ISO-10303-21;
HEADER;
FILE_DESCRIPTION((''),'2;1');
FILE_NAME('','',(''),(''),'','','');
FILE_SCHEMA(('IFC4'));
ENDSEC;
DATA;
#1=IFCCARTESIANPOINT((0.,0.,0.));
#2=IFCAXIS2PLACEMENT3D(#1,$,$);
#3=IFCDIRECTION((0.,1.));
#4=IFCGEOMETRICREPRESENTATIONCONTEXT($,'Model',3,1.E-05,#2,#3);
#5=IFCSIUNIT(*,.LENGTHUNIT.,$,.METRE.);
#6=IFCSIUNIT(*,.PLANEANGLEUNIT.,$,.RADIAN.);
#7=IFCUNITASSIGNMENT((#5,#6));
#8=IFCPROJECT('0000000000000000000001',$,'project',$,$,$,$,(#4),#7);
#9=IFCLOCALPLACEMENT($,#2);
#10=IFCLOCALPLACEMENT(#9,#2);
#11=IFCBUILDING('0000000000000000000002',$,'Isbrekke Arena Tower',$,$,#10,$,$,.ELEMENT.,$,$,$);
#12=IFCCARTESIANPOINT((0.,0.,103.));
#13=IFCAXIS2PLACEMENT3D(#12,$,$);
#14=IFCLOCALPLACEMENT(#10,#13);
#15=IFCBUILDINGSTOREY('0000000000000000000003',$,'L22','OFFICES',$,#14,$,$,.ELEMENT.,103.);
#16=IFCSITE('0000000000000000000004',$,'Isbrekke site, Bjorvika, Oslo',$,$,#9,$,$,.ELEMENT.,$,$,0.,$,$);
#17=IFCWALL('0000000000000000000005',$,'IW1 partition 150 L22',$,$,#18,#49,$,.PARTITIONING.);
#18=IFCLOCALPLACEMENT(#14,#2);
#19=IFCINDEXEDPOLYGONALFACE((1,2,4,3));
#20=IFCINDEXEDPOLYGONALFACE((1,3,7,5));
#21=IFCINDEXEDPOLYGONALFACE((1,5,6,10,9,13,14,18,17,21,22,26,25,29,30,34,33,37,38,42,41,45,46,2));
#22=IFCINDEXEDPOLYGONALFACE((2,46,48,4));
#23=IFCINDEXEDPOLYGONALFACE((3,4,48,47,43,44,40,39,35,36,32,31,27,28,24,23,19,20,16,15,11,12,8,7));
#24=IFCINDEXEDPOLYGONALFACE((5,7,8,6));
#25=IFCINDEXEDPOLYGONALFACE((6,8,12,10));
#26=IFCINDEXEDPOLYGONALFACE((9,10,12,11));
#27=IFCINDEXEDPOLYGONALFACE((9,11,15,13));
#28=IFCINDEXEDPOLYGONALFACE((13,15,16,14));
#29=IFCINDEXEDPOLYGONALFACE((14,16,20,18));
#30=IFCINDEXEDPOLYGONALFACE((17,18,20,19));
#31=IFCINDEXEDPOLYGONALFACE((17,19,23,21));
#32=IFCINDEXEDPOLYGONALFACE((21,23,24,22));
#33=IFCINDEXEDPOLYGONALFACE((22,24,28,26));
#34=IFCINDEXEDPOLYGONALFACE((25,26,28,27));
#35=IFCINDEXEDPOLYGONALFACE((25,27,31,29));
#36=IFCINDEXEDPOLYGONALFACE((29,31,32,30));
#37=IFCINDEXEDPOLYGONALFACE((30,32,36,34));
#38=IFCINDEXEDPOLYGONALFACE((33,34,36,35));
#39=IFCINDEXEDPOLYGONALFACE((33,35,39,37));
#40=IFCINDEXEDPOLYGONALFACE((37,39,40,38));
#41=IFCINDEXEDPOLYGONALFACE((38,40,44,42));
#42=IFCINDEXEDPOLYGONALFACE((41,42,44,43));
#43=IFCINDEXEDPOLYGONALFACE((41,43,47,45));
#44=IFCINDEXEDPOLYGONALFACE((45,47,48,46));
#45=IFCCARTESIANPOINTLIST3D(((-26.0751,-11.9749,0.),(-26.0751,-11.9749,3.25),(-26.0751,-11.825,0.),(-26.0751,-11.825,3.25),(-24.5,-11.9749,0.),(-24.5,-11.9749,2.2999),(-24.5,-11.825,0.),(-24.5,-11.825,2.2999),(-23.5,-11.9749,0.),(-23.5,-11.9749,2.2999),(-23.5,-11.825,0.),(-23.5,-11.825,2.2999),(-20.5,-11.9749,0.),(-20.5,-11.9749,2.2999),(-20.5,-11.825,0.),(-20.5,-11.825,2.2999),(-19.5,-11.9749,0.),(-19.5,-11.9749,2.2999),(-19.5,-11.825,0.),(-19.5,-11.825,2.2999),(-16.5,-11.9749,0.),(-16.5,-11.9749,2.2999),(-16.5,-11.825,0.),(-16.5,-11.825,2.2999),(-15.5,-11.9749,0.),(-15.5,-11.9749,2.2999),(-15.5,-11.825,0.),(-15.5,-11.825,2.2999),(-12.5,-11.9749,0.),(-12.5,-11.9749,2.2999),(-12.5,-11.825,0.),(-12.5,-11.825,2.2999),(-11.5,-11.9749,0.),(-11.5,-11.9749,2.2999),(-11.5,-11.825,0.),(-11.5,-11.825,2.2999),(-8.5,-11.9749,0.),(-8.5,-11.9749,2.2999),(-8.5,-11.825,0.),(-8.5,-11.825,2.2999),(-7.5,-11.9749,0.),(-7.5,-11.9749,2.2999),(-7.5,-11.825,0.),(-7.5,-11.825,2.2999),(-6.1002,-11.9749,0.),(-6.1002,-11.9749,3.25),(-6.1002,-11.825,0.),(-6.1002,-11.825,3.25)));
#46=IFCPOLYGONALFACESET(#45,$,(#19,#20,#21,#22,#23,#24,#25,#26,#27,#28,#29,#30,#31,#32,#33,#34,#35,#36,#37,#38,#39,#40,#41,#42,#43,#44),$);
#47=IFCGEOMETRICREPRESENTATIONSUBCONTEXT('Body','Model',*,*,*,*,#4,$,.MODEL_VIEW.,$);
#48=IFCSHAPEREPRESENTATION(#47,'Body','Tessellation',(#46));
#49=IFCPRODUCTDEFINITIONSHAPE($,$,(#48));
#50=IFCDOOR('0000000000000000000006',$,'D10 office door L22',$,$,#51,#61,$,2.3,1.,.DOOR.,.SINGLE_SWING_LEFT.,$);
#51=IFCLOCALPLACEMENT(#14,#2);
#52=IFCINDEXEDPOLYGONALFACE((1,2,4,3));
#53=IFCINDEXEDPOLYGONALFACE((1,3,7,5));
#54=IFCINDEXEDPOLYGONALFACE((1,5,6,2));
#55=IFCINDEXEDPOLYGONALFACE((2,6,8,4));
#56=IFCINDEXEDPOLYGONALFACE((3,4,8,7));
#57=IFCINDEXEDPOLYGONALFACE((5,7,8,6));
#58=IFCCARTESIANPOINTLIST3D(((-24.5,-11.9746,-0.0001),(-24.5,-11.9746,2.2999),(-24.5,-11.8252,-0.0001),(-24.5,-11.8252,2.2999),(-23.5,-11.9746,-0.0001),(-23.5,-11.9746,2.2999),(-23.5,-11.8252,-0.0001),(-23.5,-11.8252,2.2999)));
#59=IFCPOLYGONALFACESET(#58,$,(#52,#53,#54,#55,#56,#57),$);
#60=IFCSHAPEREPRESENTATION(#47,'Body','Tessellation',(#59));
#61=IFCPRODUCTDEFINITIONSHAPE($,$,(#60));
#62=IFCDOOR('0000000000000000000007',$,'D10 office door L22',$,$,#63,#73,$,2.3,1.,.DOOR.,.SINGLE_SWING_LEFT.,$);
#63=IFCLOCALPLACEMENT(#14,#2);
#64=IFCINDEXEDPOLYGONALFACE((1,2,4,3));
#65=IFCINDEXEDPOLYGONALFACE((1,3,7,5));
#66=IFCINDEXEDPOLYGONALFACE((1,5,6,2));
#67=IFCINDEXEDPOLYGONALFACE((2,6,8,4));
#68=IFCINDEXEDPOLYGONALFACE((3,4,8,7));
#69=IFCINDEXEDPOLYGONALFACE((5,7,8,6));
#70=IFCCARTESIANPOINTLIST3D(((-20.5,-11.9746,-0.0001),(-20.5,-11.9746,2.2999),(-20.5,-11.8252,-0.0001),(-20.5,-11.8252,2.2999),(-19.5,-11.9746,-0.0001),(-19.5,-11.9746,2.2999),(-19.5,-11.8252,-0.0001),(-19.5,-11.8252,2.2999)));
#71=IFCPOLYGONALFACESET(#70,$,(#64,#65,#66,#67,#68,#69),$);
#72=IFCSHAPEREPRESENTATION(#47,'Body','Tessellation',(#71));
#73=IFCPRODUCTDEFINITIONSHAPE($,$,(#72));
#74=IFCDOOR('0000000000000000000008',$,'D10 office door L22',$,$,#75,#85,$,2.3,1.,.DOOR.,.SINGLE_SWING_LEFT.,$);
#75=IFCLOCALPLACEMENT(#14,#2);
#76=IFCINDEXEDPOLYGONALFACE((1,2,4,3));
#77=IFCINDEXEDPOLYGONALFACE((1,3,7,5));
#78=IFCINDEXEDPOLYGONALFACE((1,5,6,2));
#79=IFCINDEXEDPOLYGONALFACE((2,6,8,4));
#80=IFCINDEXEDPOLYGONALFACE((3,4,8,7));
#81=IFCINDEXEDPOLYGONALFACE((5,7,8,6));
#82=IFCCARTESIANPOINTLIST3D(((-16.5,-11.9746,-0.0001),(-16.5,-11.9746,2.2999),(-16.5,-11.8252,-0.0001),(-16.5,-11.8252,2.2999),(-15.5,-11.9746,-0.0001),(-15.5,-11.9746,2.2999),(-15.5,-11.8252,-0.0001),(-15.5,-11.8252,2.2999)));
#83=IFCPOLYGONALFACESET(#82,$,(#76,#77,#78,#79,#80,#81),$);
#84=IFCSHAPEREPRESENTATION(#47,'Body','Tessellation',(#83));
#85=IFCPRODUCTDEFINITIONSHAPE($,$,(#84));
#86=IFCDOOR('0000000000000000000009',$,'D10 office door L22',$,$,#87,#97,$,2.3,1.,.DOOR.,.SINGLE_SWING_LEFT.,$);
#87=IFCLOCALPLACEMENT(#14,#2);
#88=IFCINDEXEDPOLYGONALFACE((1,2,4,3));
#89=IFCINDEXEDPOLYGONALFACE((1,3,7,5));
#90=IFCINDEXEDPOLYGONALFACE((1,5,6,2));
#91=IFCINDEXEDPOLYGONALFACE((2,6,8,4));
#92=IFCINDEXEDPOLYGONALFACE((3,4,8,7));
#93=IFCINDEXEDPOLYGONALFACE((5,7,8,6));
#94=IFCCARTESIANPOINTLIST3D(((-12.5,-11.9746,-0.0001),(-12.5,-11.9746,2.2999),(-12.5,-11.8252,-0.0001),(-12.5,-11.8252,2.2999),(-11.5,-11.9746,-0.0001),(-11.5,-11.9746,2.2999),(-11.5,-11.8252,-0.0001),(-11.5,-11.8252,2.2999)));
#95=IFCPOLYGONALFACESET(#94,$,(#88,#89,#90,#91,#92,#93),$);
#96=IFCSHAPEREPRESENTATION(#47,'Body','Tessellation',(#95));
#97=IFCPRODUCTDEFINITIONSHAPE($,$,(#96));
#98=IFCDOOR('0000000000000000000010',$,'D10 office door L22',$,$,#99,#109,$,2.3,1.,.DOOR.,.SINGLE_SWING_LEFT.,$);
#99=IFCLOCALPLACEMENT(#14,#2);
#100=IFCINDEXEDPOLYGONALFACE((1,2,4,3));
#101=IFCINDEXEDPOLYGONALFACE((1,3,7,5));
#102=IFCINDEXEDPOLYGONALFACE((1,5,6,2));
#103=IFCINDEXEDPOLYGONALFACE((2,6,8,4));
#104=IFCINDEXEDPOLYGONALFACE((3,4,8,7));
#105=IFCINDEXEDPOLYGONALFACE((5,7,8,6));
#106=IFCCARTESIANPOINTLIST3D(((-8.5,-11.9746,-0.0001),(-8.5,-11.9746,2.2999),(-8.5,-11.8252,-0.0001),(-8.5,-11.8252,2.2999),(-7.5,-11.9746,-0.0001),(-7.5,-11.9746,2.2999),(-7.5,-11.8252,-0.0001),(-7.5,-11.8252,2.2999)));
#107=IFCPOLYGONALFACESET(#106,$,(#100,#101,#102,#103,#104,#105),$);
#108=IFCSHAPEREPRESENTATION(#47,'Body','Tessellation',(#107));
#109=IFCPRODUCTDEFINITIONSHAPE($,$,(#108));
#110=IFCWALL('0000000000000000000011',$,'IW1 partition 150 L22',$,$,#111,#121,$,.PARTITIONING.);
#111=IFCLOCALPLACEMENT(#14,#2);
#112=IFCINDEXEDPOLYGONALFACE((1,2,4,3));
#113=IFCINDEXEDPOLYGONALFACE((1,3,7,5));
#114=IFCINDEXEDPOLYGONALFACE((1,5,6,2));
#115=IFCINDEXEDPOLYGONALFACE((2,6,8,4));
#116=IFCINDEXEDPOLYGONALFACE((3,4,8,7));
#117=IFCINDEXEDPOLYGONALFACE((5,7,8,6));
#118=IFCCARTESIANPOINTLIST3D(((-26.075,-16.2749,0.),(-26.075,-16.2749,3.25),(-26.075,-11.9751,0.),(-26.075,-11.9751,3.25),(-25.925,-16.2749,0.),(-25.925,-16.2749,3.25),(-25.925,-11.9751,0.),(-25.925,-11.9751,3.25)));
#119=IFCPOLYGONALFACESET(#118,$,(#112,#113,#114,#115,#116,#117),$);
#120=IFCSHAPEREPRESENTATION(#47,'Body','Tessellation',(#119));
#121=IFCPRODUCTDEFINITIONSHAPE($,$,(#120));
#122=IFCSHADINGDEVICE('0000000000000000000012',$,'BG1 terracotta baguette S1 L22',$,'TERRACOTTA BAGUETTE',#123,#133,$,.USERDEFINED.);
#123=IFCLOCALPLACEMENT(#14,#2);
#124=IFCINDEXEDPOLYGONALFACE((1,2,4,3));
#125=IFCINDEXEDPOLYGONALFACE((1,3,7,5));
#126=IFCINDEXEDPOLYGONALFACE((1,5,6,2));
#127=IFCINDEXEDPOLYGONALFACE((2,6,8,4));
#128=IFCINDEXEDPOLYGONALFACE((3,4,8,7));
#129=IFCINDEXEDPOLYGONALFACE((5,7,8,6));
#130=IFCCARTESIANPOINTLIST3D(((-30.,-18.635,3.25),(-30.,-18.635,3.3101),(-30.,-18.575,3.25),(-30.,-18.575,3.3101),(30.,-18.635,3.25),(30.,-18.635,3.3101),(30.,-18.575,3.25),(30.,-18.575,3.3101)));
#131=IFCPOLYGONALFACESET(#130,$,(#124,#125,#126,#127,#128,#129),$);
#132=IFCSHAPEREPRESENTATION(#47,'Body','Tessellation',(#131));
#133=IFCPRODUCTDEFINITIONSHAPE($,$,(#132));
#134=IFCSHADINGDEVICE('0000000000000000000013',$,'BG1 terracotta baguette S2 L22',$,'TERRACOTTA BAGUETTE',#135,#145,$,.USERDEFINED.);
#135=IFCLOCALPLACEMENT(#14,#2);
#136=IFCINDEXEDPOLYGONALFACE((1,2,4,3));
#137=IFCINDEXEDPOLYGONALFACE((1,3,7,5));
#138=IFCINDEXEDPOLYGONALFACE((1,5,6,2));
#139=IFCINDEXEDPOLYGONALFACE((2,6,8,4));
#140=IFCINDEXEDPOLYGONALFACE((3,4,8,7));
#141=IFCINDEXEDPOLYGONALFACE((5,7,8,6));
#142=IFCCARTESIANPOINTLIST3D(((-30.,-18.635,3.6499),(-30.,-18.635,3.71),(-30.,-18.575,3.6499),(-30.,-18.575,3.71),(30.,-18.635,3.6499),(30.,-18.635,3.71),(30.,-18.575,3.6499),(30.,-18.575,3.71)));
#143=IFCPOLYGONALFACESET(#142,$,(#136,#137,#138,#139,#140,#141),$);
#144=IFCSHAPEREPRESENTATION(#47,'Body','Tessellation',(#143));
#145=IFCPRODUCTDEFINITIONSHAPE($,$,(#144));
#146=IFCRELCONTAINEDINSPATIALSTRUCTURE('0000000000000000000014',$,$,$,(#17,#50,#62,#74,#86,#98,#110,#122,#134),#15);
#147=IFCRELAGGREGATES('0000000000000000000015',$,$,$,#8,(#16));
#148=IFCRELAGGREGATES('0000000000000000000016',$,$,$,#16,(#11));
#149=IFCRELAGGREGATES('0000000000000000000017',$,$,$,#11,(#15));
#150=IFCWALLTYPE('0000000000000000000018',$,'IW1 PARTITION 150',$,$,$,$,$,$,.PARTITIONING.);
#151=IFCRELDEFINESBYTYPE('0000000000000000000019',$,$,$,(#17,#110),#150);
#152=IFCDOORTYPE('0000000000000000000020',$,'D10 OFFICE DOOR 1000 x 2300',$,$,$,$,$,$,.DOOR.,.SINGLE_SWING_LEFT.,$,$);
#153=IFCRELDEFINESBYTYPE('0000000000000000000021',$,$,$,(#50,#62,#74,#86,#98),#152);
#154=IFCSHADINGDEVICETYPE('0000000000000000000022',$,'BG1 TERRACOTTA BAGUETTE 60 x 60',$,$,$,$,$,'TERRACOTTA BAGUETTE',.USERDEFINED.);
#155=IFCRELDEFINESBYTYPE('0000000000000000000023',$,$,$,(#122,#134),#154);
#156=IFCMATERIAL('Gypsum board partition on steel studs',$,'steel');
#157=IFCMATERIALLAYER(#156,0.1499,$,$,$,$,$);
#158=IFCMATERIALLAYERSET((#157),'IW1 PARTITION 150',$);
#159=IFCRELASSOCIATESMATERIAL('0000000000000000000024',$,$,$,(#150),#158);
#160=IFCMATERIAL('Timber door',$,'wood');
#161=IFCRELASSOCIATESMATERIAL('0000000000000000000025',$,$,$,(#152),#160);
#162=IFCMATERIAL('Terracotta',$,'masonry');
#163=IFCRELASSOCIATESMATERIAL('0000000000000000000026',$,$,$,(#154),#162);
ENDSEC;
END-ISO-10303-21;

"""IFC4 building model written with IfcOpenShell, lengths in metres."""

from ifc_helpers import new_model, si_unit, direction, frame, frame_2d, origin, origin_2d, place, context, subcontext, project, spatial, rectangle, extrude, material, layer, layer_set, material_profile, profile_set, type_object, element, fill, save


model = new_model("IFC4")

# Units and contexts
model_context = context("Model", 3, precision=1e-05, world=origin(), true_north=direction((0.0, 1.0)))
body_context = subcontext(model_context, "Body", "Model", "MODEL_VIEW")
ifc_project = project(units=[si_unit("LENGTHUNIT", "METRE"), si_unit("PLANEANGLEUNIT", "RADIAN")], contexts=[model_context])

# Site, building, storey
site_placement = place(None, origin())
site = spatial("IfcSite", under=ifc_project, at=site_placement, Name="Isbrekke site, Bjorvika, Oslo", CompositionType="ELEMENT", RefElevation=0.0)
building_placement = place(site_placement, origin())
building = spatial("IfcBuilding", under=site, at=building_placement, Name="Isbrekke Arena Tower", CompositionType="ELEMENT")
storey_placement = place(building_placement, frame((0.0, 0.0, 103.0)))
storey = spatial("IfcBuildingStorey", under=building, at=storey_placement, Name="L22", Description="OFFICES", CompositionType="ELEMENT", Elevation=103.0)

# Wall, openings, doors
ifc_material_1 = material(Name="Gypsum board partition on steel studs", Category="steel")
ifc_layer_1 = layer(ifc_material_1, 0.1499)
ifc_layer_set_1 = layer_set([ifc_layer_1], Name="IW1 PARTITION 150")
wall_type = type_object("IfcWallType", Name="IW1 PARTITION 150", PredefinedType="PARTITIONING", material=ifc_layer_set_1)
wall_1_placement = place(storey_placement, frame((-26.075, -11.8999, 0.0), z_axis=(0.0, 0.0, 1.0), x_axis=(1.0, 0.0, 0.0)))
wall_1 = element("IfcWall", 1, at=wall_1_placement, inside=storey, type_object=wall_type, Name="IW1 partition 150 L22", PredefinedType="PARTITIONING", context=body_context, shape_type="SweptSolid", body=[
    extrude(rectangle(XDim=19.9749, YDim=0.1499, at=frame_2d((9.9873, 0.0))), origin(), (0.0, 0.0, 1.0), 3.25),
])
opening_1_placement = place(wall_1_placement, frame((1.575, 0.0, 0.0)))
opening_1 = element("IfcOpeningElement", 2, at=opening_1_placement, cuts=wall_1, PredefinedType="OPENING", context=body_context, shape_type="SweptSolid", body=[
    extrude(rectangle(XDim=1.0, YDim=2.3, at=frame_2d((0.5, 1.1499))), frame((0.0, 0.0898, 0.0), z_axis=(0.0, -1.0, 0.0), x_axis=(1.0, 0.0, 0.0)), (0.0, 0.0, 1.0), 0.1797),
])
opening_2_placement = place(wall_1_placement, frame((5.575, 0.0, 0.0)))
opening_2 = element("IfcOpeningElement", 3, at=opening_2_placement, cuts=wall_1, PredefinedType="OPENING", context=body_context, shape_type="SweptSolid", body=[
    extrude(rectangle(XDim=1.0, YDim=2.3, at=frame_2d((0.5, 1.1499))), frame((0.0, 0.0898, 0.0), z_axis=(0.0, -1.0, 0.0), x_axis=(1.0, 0.0, 0.0)), (0.0, 0.0, 1.0), 0.1797),
])
opening_3_placement = place(wall_1_placement, frame((9.575, 0.0, 0.0)))
opening_3 = element("IfcOpeningElement", 4, at=opening_3_placement, cuts=wall_1, PredefinedType="OPENING", context=body_context, shape_type="SweptSolid", body=[
    extrude(rectangle(XDim=1.0, YDim=2.3, at=frame_2d((0.5, 1.1499))), frame((0.0, 0.0898, 0.0), z_axis=(0.0, -1.0, 0.0), x_axis=(1.0, 0.0, 0.0)), (0.0, 0.0, 1.0), 0.1797),
])
opening_4_placement = place(wall_1_placement, frame((13.575, 0.0, 0.0)))
opening_4 = element("IfcOpeningElement", 5, at=opening_4_placement, cuts=wall_1, PredefinedType="OPENING", context=body_context, shape_type="SweptSolid", body=[
    extrude(rectangle(XDim=1.0, YDim=2.3, at=frame_2d((0.5, 1.1499))), frame((0.0, 0.0898, 0.0), z_axis=(0.0, -1.0, 0.0), x_axis=(1.0, 0.0, 0.0)), (0.0, 0.0, 1.0), 0.1797),
])
opening_5_placement = place(wall_1_placement, frame((17.575, 0.0, 0.0)))
opening_5 = element("IfcOpeningElement", 6, at=opening_5_placement, cuts=wall_1, PredefinedType="OPENING", context=body_context, shape_type="SweptSolid", body=[
    extrude(rectangle(XDim=1.0, YDim=2.3, at=frame_2d((0.5, 1.1499))), frame((0.0, 0.0898, 0.0), z_axis=(0.0, -1.0, 0.0), x_axis=(1.0, 0.0, 0.0)), (0.0, 0.0, 1.0), 0.1797),
])
ifc_material_2 = material(Name="Timber door", Category="wood")
door_type = type_object("IfcDoorType", Name="D10 OFFICE DOOR 1000 x 2300", OperationType="SINGLE_SWING_LEFT", PredefinedType="DOOR", material=ifc_material_2)
door_1_placement = place(opening_1_placement, origin())
door_1 = element("IfcDoor", 7, at=door_1_placement, inside=storey, type_object=door_type, Name="D10 office door L22", OperationType="SINGLE_SWING_LEFT", OverallHeight=2.3, OverallWidth=1.0, PredefinedType="DOOR", context=body_context, shape_type="SweptSolid", body=[
    extrude(rectangle(XDim=1.0, YDim=2.3, at=frame_2d((0.5, 1.1499))), frame((0.0, 0.0747, 0.0), z_axis=(0.0, -1.0, 0.0), x_axis=(1.0, 0.0, 0.0)), (0.0, 0.0, 1.0), 0.1494),
])
fill(opening_1, door_1)
door_2_placement = place(opening_2_placement, origin())
door_2 = element("IfcDoor", 8, at=door_2_placement, inside=storey, type_object=door_type, Name="D10 office door L22", OperationType="SINGLE_SWING_LEFT", OverallHeight=2.3, OverallWidth=1.0, PredefinedType="DOOR", context=body_context, shape_type="SweptSolid", body=[
    extrude(rectangle(XDim=1.0, YDim=2.3, at=frame_2d((0.5, 1.1499))), frame((0.0, 0.0747, 0.0), z_axis=(0.0, -1.0, 0.0), x_axis=(1.0, 0.0, 0.0)), (0.0, 0.0, 1.0), 0.1494),
])
fill(opening_2, door_2)
door_3_placement = place(opening_3_placement, origin())
door_3 = element("IfcDoor", 9, at=door_3_placement, inside=storey, type_object=door_type, Name="D10 office door L22", OperationType="SINGLE_SWING_LEFT", OverallHeight=2.3, OverallWidth=1.0, PredefinedType="DOOR", context=body_context, shape_type="SweptSolid", body=[
    extrude(rectangle(XDim=1.0, YDim=2.3, at=frame_2d((0.5, 1.1499))), frame((0.0, 0.0747, 0.0), z_axis=(0.0, -1.0, 0.0), x_axis=(1.0, 0.0, 0.0)), (0.0, 0.0, 1.0), 0.1494),
])
fill(opening_3, door_3)
door_4_placement = place(opening_4_placement, origin())
door_4 = element("IfcDoor", 10, at=door_4_placement, inside=storey, type_object=door_type, Name="D10 office door L22", OperationType="SINGLE_SWING_LEFT", OverallHeight=2.3, OverallWidth=1.0, PredefinedType="DOOR", context=body_context, shape_type="SweptSolid", body=[
    extrude(rectangle(XDim=1.0, YDim=2.3, at=frame_2d((0.5, 1.1499))), frame((0.0, 0.0747, 0.0), z_axis=(0.0, -1.0, 0.0), x_axis=(1.0, 0.0, 0.0)), (0.0, 0.0, 1.0), 0.1494),
])
fill(opening_4, door_4)
door_5_placement = place(opening_5_placement, origin())
door_5 = element("IfcDoor", 11, at=door_5_placement, inside=storey, type_object=door_type, Name="D10 office door L22", OperationType="SINGLE_SWING_LEFT", OverallHeight=2.3, OverallWidth=1.0, PredefinedType="DOOR", context=body_context, shape_type="SweptSolid", body=[
    extrude(rectangle(XDim=1.0, YDim=2.3, at=frame_2d((0.5, 1.1499))), frame((0.0, 0.0747, 0.0), z_axis=(0.0, -1.0, 0.0), x_axis=(1.0, 0.0, 0.0)), (0.0, 0.0, 1.0), 0.1494),
])
fill(opening_5, door_5)

# Wall
wall_2_placement = place(storey_placement, frame((-26.0, -16.2749, 0.0), z_axis=(0.0, 0.0, 1.0), x_axis=(0.0, 1.0, 0.0)))
element("IfcWall", 12, at=wall_2_placement, inside=storey, type_object=wall_type, Name="IW1 partition 150 L22", PredefinedType="PARTITIONING", context=body_context, shape_type="SweptSolid", body=[
    extrude(rectangle(XDim=4.2998, YDim=0.1499, at=frame_2d((2.1499, 0.0))), origin(), (0.0, 0.0, 1.0), 3.25),
])

# Shading devices
ifc_material_3 = material(Name="Terracotta", Category="masonry")
ifc_material_profile_1 = material_profile(ifc_material_3, rectangle(XDim=0.0601, YDim=0.0601, at=origin_2d()), Name="BAGUETTE 60X60")
ifc_profile_set_1 = profile_set([ifc_material_profile_1], Name="Terracotta")
shading_device_type = type_object("IfcShadingDeviceType", Name="BG1 TERRACOTTA BAGUETTE 60 x 60", ElementType="TERRACOTTA BAGUETTE", PredefinedType="USERDEFINED", material=ifc_profile_set_1)
for number, where, z_axis, x_axis, name in (
    (13, (-30.0, -18.605, 3.28), (1.0, 0.0, 0.0), (0.0, 1.0, 0.0), "BG1 terracotta baguette S1 L22"),
    (14, (-30.0, -18.605, 3.6799), (1.0, 0.0, 0.0), (0.0, 1.0, 0.0), "BG1 terracotta baguette S2 L22"),
):
    element("IfcShadingDevice", number, at=place(storey_placement, frame(where, z_axis=z_axis, x_axis=x_axis)), inside=storey, type_object=shading_device_type, Name=name, ObjectType="TERRACOTTA BAGUETTE", PredefinedType="USERDEFINED", context=body_context, shape_type="SweptSolid", body=[
        extrude(rectangle(XDim=0.0601, YDim=0.0601, at=origin_2d()), origin(), (0.0, 0.0, 1.0), 60.0),
    ])

save(model, "model.ifc")
